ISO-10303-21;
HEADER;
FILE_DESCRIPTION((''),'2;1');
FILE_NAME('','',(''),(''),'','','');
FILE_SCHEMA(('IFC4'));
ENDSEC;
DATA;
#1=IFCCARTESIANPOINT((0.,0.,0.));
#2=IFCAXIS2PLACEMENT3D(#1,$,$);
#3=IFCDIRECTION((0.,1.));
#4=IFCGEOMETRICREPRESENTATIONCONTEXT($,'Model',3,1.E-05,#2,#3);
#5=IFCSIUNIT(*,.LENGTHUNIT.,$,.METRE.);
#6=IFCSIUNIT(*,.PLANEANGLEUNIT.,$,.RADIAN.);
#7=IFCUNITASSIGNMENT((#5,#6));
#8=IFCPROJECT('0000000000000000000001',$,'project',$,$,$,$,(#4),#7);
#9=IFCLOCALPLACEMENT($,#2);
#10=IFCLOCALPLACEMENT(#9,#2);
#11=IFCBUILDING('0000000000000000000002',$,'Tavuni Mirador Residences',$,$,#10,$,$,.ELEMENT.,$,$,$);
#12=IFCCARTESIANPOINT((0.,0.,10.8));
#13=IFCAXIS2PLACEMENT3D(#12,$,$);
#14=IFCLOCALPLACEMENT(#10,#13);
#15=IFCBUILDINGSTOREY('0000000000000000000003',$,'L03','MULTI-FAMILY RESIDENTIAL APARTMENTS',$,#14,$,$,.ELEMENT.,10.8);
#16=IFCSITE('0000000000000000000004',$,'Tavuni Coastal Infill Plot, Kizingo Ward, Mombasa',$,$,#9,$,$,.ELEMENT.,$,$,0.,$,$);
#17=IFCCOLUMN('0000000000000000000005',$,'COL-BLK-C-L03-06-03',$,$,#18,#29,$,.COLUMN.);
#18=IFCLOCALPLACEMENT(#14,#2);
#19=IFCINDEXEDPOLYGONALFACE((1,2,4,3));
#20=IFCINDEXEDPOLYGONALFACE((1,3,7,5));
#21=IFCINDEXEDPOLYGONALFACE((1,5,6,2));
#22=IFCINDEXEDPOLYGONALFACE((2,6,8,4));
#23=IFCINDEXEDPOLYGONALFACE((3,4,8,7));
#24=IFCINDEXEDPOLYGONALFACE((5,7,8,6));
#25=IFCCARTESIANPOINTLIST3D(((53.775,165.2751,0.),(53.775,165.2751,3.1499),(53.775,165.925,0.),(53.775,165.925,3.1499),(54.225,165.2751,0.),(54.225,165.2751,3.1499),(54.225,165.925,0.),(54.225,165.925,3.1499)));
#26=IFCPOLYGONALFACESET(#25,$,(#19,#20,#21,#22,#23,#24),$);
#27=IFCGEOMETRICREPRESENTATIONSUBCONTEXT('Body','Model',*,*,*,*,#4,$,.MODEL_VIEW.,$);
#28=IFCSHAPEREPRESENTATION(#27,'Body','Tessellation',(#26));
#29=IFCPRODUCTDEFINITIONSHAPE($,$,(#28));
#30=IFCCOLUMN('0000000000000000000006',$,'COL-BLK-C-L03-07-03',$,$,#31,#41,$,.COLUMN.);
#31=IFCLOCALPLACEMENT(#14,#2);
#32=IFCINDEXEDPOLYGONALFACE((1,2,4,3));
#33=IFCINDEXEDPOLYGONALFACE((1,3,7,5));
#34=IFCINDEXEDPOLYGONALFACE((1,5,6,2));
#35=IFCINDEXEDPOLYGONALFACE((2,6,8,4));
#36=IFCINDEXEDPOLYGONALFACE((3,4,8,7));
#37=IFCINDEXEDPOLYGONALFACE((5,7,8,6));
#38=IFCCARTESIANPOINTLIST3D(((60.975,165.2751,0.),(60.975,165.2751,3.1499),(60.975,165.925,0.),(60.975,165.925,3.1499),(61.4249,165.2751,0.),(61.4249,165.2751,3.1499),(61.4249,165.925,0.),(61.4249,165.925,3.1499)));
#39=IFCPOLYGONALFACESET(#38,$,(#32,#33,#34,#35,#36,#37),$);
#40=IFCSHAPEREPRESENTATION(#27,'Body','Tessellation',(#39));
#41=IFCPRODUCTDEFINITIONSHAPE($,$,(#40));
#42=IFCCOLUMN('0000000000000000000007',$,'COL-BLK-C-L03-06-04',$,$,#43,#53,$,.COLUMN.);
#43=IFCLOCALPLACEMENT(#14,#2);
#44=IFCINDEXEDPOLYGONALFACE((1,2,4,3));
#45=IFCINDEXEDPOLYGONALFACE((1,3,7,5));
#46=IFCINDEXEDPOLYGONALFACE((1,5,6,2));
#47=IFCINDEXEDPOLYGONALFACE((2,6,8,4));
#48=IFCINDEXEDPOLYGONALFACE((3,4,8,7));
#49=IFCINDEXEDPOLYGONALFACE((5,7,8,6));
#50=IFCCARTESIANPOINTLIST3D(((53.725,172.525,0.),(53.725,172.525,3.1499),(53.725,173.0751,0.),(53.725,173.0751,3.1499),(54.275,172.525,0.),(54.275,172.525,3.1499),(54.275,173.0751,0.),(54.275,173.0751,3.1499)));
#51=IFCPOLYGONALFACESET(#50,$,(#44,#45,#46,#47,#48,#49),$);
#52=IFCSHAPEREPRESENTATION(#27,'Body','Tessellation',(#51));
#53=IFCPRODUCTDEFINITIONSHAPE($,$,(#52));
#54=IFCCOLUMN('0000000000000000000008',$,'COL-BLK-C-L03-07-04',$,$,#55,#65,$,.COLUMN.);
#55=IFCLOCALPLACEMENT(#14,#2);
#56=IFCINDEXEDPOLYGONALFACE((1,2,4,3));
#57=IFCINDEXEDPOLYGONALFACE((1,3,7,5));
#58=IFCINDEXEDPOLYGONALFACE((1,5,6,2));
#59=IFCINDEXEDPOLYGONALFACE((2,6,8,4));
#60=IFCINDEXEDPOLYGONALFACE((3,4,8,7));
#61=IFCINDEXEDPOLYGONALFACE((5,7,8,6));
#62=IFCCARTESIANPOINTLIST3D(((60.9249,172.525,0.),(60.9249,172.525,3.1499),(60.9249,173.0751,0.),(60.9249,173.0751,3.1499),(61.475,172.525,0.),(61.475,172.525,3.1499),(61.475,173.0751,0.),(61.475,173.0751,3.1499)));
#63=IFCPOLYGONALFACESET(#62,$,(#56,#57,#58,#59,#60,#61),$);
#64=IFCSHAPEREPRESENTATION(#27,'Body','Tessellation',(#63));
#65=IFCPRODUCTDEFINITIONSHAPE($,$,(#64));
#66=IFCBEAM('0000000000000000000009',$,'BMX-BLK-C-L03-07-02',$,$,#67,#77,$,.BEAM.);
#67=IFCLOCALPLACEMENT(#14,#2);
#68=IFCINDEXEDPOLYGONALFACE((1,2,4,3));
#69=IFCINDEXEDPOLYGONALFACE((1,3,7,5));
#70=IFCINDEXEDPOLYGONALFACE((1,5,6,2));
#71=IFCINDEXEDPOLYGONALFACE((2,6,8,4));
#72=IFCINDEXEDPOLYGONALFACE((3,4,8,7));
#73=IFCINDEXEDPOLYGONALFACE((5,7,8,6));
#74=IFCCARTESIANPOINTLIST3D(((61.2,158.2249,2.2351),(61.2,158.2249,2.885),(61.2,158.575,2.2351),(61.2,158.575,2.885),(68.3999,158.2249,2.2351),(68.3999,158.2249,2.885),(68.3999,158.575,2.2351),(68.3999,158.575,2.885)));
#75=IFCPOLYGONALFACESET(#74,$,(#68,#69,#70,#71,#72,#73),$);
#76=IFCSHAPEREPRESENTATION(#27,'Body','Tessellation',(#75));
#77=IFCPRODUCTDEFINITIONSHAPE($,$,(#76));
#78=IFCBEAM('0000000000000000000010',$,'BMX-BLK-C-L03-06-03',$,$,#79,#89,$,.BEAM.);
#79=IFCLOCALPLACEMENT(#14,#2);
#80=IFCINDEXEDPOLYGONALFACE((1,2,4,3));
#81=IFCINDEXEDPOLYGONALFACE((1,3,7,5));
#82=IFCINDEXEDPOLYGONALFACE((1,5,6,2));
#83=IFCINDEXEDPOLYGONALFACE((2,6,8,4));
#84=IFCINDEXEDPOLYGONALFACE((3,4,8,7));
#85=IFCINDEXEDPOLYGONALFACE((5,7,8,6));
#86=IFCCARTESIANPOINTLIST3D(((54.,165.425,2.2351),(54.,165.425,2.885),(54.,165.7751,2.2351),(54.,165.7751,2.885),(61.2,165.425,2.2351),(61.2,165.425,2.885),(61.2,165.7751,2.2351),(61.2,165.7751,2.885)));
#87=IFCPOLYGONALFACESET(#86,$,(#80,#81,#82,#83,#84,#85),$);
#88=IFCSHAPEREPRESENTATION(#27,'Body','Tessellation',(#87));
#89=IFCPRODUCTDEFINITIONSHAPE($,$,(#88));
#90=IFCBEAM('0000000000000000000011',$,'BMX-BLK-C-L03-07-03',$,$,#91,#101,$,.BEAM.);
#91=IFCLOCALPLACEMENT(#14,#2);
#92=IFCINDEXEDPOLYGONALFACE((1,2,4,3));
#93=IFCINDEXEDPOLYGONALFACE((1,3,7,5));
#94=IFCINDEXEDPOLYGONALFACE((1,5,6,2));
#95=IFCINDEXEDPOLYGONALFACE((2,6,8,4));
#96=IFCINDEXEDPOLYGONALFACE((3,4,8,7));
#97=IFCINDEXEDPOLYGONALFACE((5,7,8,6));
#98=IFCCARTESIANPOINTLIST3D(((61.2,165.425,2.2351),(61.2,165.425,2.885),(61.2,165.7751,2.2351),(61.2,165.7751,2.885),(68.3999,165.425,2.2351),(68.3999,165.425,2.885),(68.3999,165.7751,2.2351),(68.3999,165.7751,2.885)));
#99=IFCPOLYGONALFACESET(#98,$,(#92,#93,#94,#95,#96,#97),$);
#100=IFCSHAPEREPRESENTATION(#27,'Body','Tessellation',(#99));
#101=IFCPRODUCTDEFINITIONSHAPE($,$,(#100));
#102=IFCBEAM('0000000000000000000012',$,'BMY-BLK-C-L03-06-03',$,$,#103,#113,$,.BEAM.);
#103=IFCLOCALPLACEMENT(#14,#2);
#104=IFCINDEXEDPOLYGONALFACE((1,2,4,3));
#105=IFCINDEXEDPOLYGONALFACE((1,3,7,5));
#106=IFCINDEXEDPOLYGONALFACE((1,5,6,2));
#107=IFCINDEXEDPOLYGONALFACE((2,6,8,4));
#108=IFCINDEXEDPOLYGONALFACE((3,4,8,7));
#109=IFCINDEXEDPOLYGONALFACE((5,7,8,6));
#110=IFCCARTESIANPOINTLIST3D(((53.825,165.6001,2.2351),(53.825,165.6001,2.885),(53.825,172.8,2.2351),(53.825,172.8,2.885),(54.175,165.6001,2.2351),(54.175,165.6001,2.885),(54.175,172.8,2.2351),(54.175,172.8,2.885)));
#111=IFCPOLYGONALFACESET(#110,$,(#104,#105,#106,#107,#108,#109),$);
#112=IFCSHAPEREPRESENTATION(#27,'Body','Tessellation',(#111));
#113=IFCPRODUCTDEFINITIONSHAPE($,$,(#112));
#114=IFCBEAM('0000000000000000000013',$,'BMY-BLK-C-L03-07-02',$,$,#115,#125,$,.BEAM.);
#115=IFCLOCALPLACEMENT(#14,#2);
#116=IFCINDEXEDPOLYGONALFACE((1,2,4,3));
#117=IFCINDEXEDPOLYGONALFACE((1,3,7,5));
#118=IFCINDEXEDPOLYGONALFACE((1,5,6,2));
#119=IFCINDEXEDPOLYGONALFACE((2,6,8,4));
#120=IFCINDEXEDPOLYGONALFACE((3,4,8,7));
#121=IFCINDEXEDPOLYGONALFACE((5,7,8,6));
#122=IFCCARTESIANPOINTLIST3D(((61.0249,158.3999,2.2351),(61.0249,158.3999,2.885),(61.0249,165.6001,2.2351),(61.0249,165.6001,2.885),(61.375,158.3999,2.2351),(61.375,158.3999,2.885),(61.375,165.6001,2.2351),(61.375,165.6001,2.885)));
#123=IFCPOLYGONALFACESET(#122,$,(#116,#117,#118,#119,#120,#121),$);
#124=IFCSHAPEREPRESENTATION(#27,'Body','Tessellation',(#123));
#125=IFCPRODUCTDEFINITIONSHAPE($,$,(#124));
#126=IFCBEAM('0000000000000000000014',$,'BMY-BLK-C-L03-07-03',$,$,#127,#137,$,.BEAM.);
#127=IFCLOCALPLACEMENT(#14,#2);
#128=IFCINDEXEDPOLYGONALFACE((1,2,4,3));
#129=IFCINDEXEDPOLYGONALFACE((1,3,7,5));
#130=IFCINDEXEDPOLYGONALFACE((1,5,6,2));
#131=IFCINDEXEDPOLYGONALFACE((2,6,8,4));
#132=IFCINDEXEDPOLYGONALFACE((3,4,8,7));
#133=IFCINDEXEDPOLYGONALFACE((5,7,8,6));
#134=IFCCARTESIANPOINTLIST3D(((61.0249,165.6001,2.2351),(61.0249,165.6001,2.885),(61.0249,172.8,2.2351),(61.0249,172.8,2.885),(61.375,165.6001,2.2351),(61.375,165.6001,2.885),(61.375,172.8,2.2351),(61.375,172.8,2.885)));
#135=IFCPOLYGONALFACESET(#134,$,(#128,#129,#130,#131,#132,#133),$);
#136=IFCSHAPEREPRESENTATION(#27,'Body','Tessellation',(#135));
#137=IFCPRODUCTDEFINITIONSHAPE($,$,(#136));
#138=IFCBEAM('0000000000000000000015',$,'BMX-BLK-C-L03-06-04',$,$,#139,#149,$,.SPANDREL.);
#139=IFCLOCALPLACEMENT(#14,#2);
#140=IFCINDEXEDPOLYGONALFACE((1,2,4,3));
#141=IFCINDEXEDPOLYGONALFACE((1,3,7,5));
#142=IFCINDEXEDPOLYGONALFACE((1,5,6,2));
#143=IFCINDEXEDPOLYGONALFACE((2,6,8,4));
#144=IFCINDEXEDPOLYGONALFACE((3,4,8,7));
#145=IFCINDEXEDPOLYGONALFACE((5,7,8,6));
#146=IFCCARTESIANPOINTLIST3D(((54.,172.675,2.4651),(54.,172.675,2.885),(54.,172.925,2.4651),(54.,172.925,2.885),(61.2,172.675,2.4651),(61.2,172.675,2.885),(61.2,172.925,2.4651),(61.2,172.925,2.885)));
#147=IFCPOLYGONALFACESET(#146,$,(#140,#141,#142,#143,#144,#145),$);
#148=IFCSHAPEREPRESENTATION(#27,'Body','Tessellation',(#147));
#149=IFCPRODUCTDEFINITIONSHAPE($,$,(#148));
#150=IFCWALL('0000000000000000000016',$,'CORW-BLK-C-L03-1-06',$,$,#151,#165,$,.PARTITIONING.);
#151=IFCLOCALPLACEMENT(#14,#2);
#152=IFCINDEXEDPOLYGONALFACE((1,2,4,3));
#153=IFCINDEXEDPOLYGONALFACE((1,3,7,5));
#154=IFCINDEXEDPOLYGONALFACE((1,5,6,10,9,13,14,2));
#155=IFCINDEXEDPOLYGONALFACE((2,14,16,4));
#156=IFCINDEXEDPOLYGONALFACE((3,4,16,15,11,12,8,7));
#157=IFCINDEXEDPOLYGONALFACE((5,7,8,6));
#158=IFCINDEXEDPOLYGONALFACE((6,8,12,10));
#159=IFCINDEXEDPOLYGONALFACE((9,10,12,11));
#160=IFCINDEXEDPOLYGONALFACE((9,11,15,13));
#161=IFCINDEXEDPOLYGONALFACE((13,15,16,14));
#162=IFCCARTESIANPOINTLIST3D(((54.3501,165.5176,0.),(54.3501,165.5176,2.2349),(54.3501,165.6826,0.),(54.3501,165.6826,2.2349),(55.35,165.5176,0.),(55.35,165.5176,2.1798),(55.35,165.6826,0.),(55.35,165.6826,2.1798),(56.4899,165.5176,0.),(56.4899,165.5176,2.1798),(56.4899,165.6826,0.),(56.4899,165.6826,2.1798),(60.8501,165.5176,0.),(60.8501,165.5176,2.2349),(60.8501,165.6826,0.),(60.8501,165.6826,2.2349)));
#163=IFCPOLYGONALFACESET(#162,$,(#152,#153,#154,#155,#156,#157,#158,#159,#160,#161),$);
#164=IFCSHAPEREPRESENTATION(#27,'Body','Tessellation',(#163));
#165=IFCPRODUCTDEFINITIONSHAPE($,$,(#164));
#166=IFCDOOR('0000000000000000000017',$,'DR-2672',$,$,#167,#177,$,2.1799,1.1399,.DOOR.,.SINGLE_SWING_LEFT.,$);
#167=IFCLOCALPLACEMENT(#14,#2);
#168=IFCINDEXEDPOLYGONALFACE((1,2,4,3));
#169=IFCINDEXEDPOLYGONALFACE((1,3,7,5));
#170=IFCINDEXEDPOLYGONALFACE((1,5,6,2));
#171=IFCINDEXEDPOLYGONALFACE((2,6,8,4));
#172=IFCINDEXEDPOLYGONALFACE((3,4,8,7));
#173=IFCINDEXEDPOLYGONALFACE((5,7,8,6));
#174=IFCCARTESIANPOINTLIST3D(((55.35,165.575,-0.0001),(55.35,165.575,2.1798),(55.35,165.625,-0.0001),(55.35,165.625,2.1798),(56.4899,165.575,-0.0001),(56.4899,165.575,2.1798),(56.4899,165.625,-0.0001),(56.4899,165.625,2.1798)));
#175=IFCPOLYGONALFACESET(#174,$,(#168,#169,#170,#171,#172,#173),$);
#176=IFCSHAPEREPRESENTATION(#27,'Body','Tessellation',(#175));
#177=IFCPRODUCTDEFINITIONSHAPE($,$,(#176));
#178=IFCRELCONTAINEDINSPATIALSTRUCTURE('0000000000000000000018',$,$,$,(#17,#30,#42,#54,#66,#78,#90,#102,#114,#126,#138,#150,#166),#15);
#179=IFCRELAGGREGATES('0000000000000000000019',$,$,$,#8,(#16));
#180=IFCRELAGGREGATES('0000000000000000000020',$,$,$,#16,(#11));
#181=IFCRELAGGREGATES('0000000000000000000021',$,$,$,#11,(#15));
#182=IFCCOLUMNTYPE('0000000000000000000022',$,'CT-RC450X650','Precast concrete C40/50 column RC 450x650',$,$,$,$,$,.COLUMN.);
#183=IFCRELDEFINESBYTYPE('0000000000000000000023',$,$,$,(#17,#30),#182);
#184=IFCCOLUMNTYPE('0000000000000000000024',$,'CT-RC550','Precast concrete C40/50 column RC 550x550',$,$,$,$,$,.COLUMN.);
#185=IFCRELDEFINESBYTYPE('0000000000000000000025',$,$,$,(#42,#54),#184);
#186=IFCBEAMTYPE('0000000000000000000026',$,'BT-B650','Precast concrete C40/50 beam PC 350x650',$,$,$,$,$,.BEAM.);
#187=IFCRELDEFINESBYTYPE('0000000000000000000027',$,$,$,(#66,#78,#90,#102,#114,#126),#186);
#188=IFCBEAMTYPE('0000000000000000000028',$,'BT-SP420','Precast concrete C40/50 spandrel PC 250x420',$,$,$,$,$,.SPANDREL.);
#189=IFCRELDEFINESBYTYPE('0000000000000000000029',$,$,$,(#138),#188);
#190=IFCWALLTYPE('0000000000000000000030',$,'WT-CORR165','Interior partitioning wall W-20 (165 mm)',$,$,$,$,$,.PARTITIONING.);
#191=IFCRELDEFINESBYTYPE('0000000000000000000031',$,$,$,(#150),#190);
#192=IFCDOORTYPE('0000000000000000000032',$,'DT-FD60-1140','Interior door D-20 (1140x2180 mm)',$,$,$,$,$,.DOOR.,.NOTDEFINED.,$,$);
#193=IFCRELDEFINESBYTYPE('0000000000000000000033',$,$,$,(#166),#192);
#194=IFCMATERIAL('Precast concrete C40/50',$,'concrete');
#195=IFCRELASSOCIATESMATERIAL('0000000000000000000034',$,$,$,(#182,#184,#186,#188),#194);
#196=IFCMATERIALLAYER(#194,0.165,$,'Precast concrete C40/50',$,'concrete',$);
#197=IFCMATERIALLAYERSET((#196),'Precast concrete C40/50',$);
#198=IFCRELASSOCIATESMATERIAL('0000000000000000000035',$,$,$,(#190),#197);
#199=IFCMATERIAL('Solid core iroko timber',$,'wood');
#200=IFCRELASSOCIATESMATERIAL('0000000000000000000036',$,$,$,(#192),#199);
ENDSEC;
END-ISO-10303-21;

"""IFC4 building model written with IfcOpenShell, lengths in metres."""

from ifc_helpers import new_model, si_unit, direction, frame, frame_2d, origin, origin_2d, place, context, subcontext, project, spatial, rectangle, extrude, material, layer, layer_set, material_profile, profile_set, type_object, element, fill, save


model = new_model("IFC4")

# Units and contexts
model_context = context("Model", 3, precision=1e-05, world=origin(), true_north=direction((0.0, 1.0)))
body_context = subcontext(model_context, "Body", "Model", "MODEL_VIEW")
ifc_project = project(units=[si_unit("LENGTHUNIT", "METRE"), si_unit("PLANEANGLEUNIT", "RADIAN")], contexts=[model_context])

# Site, building, storey
site_placement = place(None, origin())
site = spatial("IfcSite", under=ifc_project, at=site_placement, Name="Tavuni Coastal Infill Plot, Kizingo Ward, Mombasa", CompositionType="ELEMENT", RefElevation=0.0)
building_placement = place(site_placement, origin())
building = spatial("IfcBuilding", under=site, at=building_placement, Name="Tavuni Mirador Residences", CompositionType="ELEMENT")
storey_placement = place(building_placement, frame((0.0, 0.0, 10.8)))
storey = spatial("IfcBuildingStorey", under=building, at=storey_placement, Name="L03", Description="MULTI-FAMILY RESIDENTIAL APARTMENTS", CompositionType="ELEMENT", Elevation=10.8)

# Columns
ifc_material_1 = material(Name="Precast concrete C40/50", Category="concrete")
ifc_material_profile_1 = material_profile(ifc_material_1, rectangle(XDim=0.45, YDim=0.6499, at=origin_2d()), Name="RC 450x650", Category="concrete")
ifc_profile_set_1 = profile_set([ifc_material_profile_1], Name="Precast concrete C40/50")
column_type_1 = type_object("IfcColumnType", Name="CT-RC450X650", Description="Precast concrete C40/50 column RC 450x650", PredefinedType="COLUMN", material=ifc_profile_set_1)
for number, where, z_axis, x_axis, name in (
    (1, (54.0, 165.6001, 0.0), (0.0, 0.0, 1.0), (1.0, 0.0, 0.0), "COL-BLK-C-L03-06-03"),
    (2, (61.2, 165.6001, 0.0), (0.0, 0.0, 1.0), (1.0, 0.0, 0.0), "COL-BLK-C-L03-07-03"),
):
    element("IfcColumn", number, at=place(storey_placement, frame(where, z_axis=z_axis, x_axis=x_axis)), inside=storey, type_object=column_type_1, Name=name, PredefinedType="COLUMN", context=body_context, shape_type="SweptSolid", body=[
        extrude(rectangle(XDim=0.45, YDim=0.6499, at=origin_2d()), origin(), (0.0, 0.0, 1.0), 3.1499),
    ])
ifc_material_profile_2 = material_profile(ifc_material_1, rectangle(XDim=0.55, YDim=0.55, at=origin_2d()), Name="RC 550x550", Category="concrete")
ifc_profile_set_2 = profile_set([ifc_material_profile_2], Name="Precast concrete C40/50")
column_type_2 = type_object("IfcColumnType", Name="CT-RC550", Description="Precast concrete C40/50 column RC 550x550", PredefinedType="COLUMN", material=ifc_profile_set_2)
for number, where, z_axis, x_axis, name in (
    (3, (54.0, 172.8, 0.0), (0.0, 0.0, 1.0), (1.0, 0.0, 0.0), "COL-BLK-C-L03-06-04"),
    (4, (61.2, 172.8, 0.0), (0.0, 0.0, 1.0), (1.0, 0.0, 0.0), "COL-BLK-C-L03-07-04"),
):
    element("IfcColumn", number, at=place(storey_placement, frame(where, z_axis=z_axis, x_axis=x_axis)), inside=storey, type_object=column_type_2, Name=name, PredefinedType="COLUMN", context=body_context, shape_type="SweptSolid", body=[
        extrude(rectangle(XDim=0.55, YDim=0.55, at=origin_2d()), origin(), (0.0, 0.0, 1.0), 3.1499),
    ])

# Beams
ifc_material_profile_3 = material_profile(ifc_material_1, rectangle(XDim=0.3501, YDim=0.6499, at=origin_2d()), Name="PC 350x650", Category="concrete")
ifc_profile_set_3 = profile_set([ifc_material_profile_3], Name="Precast concrete C40/50")
beam_type_1 = type_object("IfcBeamType", Name="BT-B650", Description="Precast concrete C40/50 beam PC 350x650", PredefinedType="BEAM", material=ifc_profile_set_3)
for number, where, z_axis, x_axis, name in (
    (5, (61.2, 158.3999, 2.5601), (1.0, 0.0, 0.0), (0.0, 1.0, 0.0), "BMX-BLK-C-L03-07-02"),
    (6, (54.0, 165.6001, 2.5601), (1.0, 0.0, 0.0), (0.0, 1.0, 0.0), "BMX-BLK-C-L03-06-03"),
    (7, (61.2, 165.6001, 2.5601), (1.0, 0.0, 0.0), (0.0, 1.0, 0.0), "BMX-BLK-C-L03-07-03"),
    (8, (54.0, 165.6001, 2.5601), (0.0, 1.0, 0.0), (-1.0, 0.0, 0.0), "BMY-BLK-C-L03-06-03"),
):
    element("IfcBeam", number, at=place(storey_placement, frame(where, z_axis=z_axis, x_axis=x_axis)), inside=storey, type_object=beam_type_1, Name=name, PredefinedType="BEAM", context=body_context, shape_type="SweptSolid", body=[
        extrude(rectangle(XDim=0.3501, YDim=0.6499, at=origin_2d()), origin(), (0.0, 0.0, 1.0), 7.2),
    ])
beam_1_placement = place(storey_placement, frame((61.2, 158.3999, 2.5601), z_axis=(0.0, 1.0, 0.0), x_axis=(-1.0, 0.0, 0.0)))
element("IfcBeam", 9, at=beam_1_placement, inside=storey, type_object=beam_type_1, Name="BMY-BLK-C-L03-07-02", PredefinedType="BEAM", context=body_context, shape_type="SweptSolid", body=[
    extrude(rectangle(XDim=0.3501, YDim=0.6499, at=origin_2d()), origin(), (0.0, 0.0, 1.0), 7.2002),
])
beam_2_placement = place(storey_placement, frame((61.2, 165.6001, 2.5601), z_axis=(0.0, 1.0, 0.0), x_axis=(-1.0, 0.0, 0.0)))
element("IfcBeam", 10, at=beam_2_placement, inside=storey, type_object=beam_type_1, Name="BMY-BLK-C-L03-07-03", PredefinedType="BEAM", context=body_context, shape_type="SweptSolid", body=[
    extrude(rectangle(XDim=0.3501, YDim=0.6499, at=origin_2d()), origin(), (0.0, 0.0, 1.0), 7.2),
])
ifc_material_profile_4 = material_profile(ifc_material_1, rectangle(XDim=0.25, YDim=0.4199, at=origin_2d()), Name="PC 250x420", Category="concrete")
ifc_profile_set_4 = profile_set([ifc_material_profile_4], Name="Precast concrete C40/50")
beam_type_2 = type_object("IfcBeamType", Name="BT-SP420", Description="Precast concrete C40/50 spandrel PC 250x420", PredefinedType="SPANDREL", material=ifc_profile_set_4)
beam_3_placement = place(storey_placement, frame((54.0, 172.8, 2.675), z_axis=(1.0, 0.0, 0.0), x_axis=(0.0, 1.0, 0.0)))
element("IfcBeam", 11, at=beam_3_placement, inside=storey, type_object=beam_type_2, Name="BMX-BLK-C-L03-06-04", PredefinedType="SPANDREL", context=body_context, shape_type="SweptSolid", body=[
    extrude(rectangle(XDim=0.25, YDim=0.4199, at=origin_2d()), origin(), (0.0, 0.0, 1.0), 7.2),
])

# Wall, opening, door
ifc_layer_1 = layer(ifc_material_1, 0.165, Name="Precast concrete C40/50", Category="concrete")
ifc_layer_set_1 = layer_set([ifc_layer_1], Name="Precast concrete C40/50")
wall_type_1 = type_object("IfcWallType", Name="WT-CORR165", Description="Interior partitioning wall W-20 (165 mm)", PredefinedType="PARTITIONING", material=ifc_layer_set_1)
wall_1_placement = place(storey_placement, frame((54.3501, 165.6001, 0.0), z_axis=(0.0, 0.0, 1.0), x_axis=(1.0, 0.0, 0.0)))
wall_1 = element("IfcWall", 12, at=wall_1_placement, inside=storey, type_object=wall_type_1, Name="CORW-BLK-C-L03-1-06", PredefinedType="PARTITIONING", context=body_context, shape_type="SweptSolid", body=[
    extrude(rectangle(XDim=6.5, YDim=0.165, at=frame_2d((3.25, 0.0))), origin(), (0.0, 0.0, 1.0), 2.2349),
])
opening_1_placement = place(wall_1_placement, frame((1.0, 0.0, 0.0)))
opening_1 = element("IfcOpeningElement", 13, at=opening_1_placement, cuts=wall_1, PredefinedType="OPENING", context=body_context, shape_type="SweptSolid", body=[
    extrude(rectangle(XDim=1.1399, YDim=2.1799, at=frame_2d((0.5698, 1.0898))), frame((0.0, 0.0925, 0.0), z_axis=(0.0, -1.0, 0.0), x_axis=(1.0, 0.0, 0.0)), (0.0, 0.0, 1.0), 0.1851),
])
ifc_material_2 = material(Name="Solid core iroko timber", Category="wood")
door_type_1 = type_object("IfcDoorType", Name="DT-FD60-1140", Description="Interior door D-20 (1140x2180 mm)", OperationType="NOTDEFINED", PredefinedType="DOOR", material=ifc_material_2)
door_1_placement = place(opening_1_placement, origin())
door_1 = element("IfcDoor", 14, at=door_1_placement, inside=storey, type_object=door_type_1, Name="DR-2672", OperationType="SINGLE_SWING_LEFT", OverallHeight=2.1799, OverallWidth=1.1399, PredefinedType="DOOR", context=body_context, shape_type="SweptSolid", body=[
    extrude(rectangle(XDim=1.1399, YDim=2.1799, at=frame_2d((0.5698, 1.0898))), frame((0.0, 0.0249, 0.0), z_axis=(0.0, -1.0, 0.0), x_axis=(1.0, 0.0, 0.0)), (0.0, 0.0, 1.0), 0.05),
])
fill(opening_1, door_1)

save(model, "model.ifc")
